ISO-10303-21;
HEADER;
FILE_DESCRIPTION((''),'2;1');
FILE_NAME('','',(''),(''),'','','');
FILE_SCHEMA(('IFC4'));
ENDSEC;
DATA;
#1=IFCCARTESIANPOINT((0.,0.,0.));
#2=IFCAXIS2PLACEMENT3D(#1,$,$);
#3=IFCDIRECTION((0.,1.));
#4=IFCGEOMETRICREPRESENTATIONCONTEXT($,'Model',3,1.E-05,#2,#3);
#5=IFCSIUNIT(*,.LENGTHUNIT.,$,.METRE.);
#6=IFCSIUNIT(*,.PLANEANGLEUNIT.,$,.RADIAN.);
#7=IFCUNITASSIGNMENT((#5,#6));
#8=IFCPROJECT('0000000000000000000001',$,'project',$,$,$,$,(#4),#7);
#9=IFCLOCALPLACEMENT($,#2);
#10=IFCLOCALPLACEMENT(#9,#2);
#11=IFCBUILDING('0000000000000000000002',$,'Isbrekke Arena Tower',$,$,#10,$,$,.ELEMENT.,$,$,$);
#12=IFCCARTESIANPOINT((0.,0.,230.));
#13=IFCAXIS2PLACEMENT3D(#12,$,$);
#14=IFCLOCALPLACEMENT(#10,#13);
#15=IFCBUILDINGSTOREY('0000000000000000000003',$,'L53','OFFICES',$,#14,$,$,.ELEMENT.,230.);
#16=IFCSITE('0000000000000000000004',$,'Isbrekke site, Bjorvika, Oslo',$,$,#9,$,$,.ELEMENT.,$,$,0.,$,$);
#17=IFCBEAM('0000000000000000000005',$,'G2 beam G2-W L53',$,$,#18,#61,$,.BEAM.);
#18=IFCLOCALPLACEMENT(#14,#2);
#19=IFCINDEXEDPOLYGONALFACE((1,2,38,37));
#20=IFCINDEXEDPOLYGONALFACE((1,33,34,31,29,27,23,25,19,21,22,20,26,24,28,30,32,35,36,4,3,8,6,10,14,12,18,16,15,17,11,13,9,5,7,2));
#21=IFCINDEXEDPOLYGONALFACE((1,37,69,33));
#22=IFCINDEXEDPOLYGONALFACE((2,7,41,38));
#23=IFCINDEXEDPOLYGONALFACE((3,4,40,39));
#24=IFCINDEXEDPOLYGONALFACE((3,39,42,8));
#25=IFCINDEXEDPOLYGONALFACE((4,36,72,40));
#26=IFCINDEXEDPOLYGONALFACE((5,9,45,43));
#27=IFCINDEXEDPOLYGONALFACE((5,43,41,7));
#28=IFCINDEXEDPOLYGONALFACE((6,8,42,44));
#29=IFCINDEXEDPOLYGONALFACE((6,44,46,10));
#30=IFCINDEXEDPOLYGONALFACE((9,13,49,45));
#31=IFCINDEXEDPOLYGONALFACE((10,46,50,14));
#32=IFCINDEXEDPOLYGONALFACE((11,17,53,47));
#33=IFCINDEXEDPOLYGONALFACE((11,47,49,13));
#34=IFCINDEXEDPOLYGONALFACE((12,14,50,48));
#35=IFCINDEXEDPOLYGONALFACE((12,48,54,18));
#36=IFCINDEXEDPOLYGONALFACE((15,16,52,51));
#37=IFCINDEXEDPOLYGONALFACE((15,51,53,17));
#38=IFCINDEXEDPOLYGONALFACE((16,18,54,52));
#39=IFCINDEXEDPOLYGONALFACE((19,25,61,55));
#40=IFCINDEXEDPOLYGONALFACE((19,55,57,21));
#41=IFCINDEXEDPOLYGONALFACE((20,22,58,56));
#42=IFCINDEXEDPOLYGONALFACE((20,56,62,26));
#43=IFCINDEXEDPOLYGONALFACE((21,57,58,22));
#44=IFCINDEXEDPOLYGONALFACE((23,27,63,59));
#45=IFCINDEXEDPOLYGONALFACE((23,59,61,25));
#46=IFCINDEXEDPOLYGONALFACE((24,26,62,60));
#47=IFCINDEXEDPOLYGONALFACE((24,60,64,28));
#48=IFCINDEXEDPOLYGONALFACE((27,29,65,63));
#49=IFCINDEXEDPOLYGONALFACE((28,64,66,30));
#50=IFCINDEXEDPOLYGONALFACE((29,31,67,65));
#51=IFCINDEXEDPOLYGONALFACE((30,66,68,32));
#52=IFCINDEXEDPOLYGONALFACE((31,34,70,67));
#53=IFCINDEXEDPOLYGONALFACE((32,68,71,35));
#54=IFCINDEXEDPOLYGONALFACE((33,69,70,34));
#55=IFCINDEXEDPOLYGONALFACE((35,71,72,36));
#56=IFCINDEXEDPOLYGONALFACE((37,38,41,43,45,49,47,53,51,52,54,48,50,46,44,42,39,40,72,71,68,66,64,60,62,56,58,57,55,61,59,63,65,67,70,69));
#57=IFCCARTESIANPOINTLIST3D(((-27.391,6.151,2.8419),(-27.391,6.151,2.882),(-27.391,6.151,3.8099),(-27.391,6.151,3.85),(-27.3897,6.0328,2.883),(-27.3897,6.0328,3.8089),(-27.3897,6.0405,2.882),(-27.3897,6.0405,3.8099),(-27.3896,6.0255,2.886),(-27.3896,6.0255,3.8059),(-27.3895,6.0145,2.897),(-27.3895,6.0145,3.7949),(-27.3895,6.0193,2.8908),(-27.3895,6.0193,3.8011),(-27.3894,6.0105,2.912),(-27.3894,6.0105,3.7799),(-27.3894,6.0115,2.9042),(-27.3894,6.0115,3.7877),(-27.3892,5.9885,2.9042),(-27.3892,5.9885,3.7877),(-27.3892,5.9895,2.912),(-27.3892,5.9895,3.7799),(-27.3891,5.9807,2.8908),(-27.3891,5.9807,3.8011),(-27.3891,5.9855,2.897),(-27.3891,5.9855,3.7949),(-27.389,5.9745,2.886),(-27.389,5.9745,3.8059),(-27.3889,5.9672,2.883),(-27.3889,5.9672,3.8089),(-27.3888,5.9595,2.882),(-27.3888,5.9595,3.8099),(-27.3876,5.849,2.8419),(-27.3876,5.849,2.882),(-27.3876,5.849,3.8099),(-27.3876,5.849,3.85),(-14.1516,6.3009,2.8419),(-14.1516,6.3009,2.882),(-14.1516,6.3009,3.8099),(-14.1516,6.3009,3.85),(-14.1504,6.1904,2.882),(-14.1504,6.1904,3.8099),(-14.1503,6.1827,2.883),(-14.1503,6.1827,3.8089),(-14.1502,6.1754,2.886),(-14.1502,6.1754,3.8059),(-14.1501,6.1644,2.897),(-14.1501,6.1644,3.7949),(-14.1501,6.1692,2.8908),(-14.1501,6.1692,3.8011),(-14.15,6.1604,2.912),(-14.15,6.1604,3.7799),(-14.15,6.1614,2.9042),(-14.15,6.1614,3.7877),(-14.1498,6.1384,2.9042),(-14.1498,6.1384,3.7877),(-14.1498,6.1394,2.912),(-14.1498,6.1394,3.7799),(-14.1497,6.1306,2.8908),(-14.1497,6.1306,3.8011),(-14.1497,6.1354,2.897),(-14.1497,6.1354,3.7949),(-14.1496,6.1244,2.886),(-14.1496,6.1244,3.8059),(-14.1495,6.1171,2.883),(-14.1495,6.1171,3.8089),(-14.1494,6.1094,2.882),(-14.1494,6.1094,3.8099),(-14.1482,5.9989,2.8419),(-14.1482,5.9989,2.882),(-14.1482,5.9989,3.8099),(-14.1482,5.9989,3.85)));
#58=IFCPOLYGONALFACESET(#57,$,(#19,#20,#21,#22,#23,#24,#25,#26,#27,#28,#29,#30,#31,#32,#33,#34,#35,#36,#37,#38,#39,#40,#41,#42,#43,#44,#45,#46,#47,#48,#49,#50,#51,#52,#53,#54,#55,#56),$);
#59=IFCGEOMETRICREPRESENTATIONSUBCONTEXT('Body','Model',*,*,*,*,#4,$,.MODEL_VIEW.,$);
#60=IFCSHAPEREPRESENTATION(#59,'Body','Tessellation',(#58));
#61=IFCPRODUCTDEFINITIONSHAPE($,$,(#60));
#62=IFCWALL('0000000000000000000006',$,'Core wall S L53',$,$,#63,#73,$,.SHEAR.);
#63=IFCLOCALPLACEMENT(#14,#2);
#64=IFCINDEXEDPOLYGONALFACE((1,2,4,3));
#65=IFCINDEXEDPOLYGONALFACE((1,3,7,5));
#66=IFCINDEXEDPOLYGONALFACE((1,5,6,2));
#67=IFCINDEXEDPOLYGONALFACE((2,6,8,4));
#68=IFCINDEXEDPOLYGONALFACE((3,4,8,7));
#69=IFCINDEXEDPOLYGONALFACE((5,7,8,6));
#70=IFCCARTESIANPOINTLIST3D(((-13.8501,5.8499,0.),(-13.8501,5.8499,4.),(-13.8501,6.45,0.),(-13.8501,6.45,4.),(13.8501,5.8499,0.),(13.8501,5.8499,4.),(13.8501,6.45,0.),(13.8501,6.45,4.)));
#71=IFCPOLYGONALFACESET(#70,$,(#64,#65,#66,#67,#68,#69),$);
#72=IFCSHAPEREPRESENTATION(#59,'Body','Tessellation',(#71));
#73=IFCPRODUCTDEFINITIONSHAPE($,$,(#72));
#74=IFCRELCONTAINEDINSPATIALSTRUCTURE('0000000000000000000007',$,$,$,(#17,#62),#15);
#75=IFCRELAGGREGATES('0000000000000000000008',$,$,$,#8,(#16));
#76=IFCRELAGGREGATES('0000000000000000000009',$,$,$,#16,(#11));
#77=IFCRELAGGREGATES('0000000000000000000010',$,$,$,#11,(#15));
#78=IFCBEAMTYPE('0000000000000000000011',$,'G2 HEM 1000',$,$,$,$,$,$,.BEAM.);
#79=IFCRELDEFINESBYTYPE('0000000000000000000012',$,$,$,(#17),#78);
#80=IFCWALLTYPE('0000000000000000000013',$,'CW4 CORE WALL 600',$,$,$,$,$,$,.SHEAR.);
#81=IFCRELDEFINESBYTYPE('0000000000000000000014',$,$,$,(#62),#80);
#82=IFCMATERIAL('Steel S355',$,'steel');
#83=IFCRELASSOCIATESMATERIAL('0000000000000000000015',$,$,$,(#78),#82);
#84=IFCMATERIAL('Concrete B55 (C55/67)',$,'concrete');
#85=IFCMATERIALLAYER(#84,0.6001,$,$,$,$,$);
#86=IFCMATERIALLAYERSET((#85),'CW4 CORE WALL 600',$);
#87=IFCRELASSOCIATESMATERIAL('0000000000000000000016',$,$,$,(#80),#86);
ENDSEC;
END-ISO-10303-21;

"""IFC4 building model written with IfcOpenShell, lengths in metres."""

from ifc_helpers import new_model, si_unit, direction, frame, frame_2d, origin, origin_2d, place, context, subcontext, project, spatial, rectangle, i_section, extrude, material, layer, layer_set, material_profile, profile_set, type_object, element, save


model = new_model("IFC4")

# Units and contexts
model_context = context("Model", 3, precision=1e-05, world=origin(), true_north=direction((0.0, 1.0)))
body_context = subcontext(model_context, "Body", "Model", "MODEL_VIEW")
ifc_project = project(units=[si_unit("LENGTHUNIT", "METRE"), si_unit("PLANEANGLEUNIT", "RADIAN")], contexts=[model_context])

# Site, building, storey
site_placement = place(None, origin())
site = spatial("IfcSite", under=ifc_project, at=site_placement, Name="Isbrekke site, Bjorvika, Oslo", CompositionType="ELEMENT", RefElevation=0.0)
building_placement = place(site_placement, origin())
building = spatial("IfcBuilding", under=site, at=building_placement, Name="Isbrekke Arena Tower", CompositionType="ELEMENT")
storey_placement = place(building_placement, frame((0.0, 0.0, 230.0)))
storey = spatial("IfcBuildingStorey", under=building, at=storey_placement, Name="L53", Description="OFFICES", CompositionType="ELEMENT", Elevation=230.0)

# Beam
ifc_material_1 = material(Name="Steel S355", Category="steel")
ifc_material_profile = material_profile(ifc_material_1, i_section(OverallWidth=0.302, OverallDepth=1.0081, WebThickness=0.021, FlangeThickness=0.04, FilletRadius=0.03, at=origin_2d()), Name="HEM 1000")
ifc_profile_set = profile_set([ifc_material_profile], Name="Steel S355")
beam_type = type_object("IfcBeamType", Name="G2 HEM 1000", PredefinedType="BEAM", material=ifc_profile_set)
beam_placement = place(storey_placement, frame((-14.1499, 6.1499, 3.3459), z_axis=(-0.999936, -0.011322, 0.0), x_axis=(0.011322, -0.999936, 0.0)))
element("IfcBeam", 1, at=beam_placement, inside=storey, type_object=beam_type, Name="G2 beam G2-W L53", PredefinedType="BEAM", context=body_context, shape_type="SweptSolid", body=[
    extrude(i_section(OverallWidth=0.302, OverallDepth=1.0081, WebThickness=0.021, FlangeThickness=0.04, FilletRadius=0.03, at=origin_2d()), origin(), (0.0, 0.0, 1.0), 13.2402),
])

# Wall
ifc_material_2 = material(Name="Concrete B55 (C55/67)", Category="concrete")
ifc_layer_1 = layer(ifc_material_2, 0.6001)
ifc_layer_set_1 = layer_set([ifc_layer_1], Name="CW4 CORE WALL 600")
wall_type_1 = type_object("IfcWallType", Name="CW4 CORE WALL 600", PredefinedType="SHEAR", material=ifc_layer_set_1)
wall_1_placement = place(storey_placement, frame((-13.8501, 6.1499, 0.0), z_axis=(0.0, 0.0, 1.0), x_axis=(1.0, 0.0, 0.0)))
element("IfcWall", 2, at=wall_1_placement, inside=storey, type_object=wall_type_1, Name="Core wall S L53", PredefinedType="SHEAR", context=body_context, shape_type="SweptSolid", body=[
    extrude(rectangle(XDim=27.7002, YDim=0.6001, at=frame_2d((13.8501, 0.0))), origin(), (0.0, 0.0, 1.0), 4.0),
])

save(model, "model.ifc")
